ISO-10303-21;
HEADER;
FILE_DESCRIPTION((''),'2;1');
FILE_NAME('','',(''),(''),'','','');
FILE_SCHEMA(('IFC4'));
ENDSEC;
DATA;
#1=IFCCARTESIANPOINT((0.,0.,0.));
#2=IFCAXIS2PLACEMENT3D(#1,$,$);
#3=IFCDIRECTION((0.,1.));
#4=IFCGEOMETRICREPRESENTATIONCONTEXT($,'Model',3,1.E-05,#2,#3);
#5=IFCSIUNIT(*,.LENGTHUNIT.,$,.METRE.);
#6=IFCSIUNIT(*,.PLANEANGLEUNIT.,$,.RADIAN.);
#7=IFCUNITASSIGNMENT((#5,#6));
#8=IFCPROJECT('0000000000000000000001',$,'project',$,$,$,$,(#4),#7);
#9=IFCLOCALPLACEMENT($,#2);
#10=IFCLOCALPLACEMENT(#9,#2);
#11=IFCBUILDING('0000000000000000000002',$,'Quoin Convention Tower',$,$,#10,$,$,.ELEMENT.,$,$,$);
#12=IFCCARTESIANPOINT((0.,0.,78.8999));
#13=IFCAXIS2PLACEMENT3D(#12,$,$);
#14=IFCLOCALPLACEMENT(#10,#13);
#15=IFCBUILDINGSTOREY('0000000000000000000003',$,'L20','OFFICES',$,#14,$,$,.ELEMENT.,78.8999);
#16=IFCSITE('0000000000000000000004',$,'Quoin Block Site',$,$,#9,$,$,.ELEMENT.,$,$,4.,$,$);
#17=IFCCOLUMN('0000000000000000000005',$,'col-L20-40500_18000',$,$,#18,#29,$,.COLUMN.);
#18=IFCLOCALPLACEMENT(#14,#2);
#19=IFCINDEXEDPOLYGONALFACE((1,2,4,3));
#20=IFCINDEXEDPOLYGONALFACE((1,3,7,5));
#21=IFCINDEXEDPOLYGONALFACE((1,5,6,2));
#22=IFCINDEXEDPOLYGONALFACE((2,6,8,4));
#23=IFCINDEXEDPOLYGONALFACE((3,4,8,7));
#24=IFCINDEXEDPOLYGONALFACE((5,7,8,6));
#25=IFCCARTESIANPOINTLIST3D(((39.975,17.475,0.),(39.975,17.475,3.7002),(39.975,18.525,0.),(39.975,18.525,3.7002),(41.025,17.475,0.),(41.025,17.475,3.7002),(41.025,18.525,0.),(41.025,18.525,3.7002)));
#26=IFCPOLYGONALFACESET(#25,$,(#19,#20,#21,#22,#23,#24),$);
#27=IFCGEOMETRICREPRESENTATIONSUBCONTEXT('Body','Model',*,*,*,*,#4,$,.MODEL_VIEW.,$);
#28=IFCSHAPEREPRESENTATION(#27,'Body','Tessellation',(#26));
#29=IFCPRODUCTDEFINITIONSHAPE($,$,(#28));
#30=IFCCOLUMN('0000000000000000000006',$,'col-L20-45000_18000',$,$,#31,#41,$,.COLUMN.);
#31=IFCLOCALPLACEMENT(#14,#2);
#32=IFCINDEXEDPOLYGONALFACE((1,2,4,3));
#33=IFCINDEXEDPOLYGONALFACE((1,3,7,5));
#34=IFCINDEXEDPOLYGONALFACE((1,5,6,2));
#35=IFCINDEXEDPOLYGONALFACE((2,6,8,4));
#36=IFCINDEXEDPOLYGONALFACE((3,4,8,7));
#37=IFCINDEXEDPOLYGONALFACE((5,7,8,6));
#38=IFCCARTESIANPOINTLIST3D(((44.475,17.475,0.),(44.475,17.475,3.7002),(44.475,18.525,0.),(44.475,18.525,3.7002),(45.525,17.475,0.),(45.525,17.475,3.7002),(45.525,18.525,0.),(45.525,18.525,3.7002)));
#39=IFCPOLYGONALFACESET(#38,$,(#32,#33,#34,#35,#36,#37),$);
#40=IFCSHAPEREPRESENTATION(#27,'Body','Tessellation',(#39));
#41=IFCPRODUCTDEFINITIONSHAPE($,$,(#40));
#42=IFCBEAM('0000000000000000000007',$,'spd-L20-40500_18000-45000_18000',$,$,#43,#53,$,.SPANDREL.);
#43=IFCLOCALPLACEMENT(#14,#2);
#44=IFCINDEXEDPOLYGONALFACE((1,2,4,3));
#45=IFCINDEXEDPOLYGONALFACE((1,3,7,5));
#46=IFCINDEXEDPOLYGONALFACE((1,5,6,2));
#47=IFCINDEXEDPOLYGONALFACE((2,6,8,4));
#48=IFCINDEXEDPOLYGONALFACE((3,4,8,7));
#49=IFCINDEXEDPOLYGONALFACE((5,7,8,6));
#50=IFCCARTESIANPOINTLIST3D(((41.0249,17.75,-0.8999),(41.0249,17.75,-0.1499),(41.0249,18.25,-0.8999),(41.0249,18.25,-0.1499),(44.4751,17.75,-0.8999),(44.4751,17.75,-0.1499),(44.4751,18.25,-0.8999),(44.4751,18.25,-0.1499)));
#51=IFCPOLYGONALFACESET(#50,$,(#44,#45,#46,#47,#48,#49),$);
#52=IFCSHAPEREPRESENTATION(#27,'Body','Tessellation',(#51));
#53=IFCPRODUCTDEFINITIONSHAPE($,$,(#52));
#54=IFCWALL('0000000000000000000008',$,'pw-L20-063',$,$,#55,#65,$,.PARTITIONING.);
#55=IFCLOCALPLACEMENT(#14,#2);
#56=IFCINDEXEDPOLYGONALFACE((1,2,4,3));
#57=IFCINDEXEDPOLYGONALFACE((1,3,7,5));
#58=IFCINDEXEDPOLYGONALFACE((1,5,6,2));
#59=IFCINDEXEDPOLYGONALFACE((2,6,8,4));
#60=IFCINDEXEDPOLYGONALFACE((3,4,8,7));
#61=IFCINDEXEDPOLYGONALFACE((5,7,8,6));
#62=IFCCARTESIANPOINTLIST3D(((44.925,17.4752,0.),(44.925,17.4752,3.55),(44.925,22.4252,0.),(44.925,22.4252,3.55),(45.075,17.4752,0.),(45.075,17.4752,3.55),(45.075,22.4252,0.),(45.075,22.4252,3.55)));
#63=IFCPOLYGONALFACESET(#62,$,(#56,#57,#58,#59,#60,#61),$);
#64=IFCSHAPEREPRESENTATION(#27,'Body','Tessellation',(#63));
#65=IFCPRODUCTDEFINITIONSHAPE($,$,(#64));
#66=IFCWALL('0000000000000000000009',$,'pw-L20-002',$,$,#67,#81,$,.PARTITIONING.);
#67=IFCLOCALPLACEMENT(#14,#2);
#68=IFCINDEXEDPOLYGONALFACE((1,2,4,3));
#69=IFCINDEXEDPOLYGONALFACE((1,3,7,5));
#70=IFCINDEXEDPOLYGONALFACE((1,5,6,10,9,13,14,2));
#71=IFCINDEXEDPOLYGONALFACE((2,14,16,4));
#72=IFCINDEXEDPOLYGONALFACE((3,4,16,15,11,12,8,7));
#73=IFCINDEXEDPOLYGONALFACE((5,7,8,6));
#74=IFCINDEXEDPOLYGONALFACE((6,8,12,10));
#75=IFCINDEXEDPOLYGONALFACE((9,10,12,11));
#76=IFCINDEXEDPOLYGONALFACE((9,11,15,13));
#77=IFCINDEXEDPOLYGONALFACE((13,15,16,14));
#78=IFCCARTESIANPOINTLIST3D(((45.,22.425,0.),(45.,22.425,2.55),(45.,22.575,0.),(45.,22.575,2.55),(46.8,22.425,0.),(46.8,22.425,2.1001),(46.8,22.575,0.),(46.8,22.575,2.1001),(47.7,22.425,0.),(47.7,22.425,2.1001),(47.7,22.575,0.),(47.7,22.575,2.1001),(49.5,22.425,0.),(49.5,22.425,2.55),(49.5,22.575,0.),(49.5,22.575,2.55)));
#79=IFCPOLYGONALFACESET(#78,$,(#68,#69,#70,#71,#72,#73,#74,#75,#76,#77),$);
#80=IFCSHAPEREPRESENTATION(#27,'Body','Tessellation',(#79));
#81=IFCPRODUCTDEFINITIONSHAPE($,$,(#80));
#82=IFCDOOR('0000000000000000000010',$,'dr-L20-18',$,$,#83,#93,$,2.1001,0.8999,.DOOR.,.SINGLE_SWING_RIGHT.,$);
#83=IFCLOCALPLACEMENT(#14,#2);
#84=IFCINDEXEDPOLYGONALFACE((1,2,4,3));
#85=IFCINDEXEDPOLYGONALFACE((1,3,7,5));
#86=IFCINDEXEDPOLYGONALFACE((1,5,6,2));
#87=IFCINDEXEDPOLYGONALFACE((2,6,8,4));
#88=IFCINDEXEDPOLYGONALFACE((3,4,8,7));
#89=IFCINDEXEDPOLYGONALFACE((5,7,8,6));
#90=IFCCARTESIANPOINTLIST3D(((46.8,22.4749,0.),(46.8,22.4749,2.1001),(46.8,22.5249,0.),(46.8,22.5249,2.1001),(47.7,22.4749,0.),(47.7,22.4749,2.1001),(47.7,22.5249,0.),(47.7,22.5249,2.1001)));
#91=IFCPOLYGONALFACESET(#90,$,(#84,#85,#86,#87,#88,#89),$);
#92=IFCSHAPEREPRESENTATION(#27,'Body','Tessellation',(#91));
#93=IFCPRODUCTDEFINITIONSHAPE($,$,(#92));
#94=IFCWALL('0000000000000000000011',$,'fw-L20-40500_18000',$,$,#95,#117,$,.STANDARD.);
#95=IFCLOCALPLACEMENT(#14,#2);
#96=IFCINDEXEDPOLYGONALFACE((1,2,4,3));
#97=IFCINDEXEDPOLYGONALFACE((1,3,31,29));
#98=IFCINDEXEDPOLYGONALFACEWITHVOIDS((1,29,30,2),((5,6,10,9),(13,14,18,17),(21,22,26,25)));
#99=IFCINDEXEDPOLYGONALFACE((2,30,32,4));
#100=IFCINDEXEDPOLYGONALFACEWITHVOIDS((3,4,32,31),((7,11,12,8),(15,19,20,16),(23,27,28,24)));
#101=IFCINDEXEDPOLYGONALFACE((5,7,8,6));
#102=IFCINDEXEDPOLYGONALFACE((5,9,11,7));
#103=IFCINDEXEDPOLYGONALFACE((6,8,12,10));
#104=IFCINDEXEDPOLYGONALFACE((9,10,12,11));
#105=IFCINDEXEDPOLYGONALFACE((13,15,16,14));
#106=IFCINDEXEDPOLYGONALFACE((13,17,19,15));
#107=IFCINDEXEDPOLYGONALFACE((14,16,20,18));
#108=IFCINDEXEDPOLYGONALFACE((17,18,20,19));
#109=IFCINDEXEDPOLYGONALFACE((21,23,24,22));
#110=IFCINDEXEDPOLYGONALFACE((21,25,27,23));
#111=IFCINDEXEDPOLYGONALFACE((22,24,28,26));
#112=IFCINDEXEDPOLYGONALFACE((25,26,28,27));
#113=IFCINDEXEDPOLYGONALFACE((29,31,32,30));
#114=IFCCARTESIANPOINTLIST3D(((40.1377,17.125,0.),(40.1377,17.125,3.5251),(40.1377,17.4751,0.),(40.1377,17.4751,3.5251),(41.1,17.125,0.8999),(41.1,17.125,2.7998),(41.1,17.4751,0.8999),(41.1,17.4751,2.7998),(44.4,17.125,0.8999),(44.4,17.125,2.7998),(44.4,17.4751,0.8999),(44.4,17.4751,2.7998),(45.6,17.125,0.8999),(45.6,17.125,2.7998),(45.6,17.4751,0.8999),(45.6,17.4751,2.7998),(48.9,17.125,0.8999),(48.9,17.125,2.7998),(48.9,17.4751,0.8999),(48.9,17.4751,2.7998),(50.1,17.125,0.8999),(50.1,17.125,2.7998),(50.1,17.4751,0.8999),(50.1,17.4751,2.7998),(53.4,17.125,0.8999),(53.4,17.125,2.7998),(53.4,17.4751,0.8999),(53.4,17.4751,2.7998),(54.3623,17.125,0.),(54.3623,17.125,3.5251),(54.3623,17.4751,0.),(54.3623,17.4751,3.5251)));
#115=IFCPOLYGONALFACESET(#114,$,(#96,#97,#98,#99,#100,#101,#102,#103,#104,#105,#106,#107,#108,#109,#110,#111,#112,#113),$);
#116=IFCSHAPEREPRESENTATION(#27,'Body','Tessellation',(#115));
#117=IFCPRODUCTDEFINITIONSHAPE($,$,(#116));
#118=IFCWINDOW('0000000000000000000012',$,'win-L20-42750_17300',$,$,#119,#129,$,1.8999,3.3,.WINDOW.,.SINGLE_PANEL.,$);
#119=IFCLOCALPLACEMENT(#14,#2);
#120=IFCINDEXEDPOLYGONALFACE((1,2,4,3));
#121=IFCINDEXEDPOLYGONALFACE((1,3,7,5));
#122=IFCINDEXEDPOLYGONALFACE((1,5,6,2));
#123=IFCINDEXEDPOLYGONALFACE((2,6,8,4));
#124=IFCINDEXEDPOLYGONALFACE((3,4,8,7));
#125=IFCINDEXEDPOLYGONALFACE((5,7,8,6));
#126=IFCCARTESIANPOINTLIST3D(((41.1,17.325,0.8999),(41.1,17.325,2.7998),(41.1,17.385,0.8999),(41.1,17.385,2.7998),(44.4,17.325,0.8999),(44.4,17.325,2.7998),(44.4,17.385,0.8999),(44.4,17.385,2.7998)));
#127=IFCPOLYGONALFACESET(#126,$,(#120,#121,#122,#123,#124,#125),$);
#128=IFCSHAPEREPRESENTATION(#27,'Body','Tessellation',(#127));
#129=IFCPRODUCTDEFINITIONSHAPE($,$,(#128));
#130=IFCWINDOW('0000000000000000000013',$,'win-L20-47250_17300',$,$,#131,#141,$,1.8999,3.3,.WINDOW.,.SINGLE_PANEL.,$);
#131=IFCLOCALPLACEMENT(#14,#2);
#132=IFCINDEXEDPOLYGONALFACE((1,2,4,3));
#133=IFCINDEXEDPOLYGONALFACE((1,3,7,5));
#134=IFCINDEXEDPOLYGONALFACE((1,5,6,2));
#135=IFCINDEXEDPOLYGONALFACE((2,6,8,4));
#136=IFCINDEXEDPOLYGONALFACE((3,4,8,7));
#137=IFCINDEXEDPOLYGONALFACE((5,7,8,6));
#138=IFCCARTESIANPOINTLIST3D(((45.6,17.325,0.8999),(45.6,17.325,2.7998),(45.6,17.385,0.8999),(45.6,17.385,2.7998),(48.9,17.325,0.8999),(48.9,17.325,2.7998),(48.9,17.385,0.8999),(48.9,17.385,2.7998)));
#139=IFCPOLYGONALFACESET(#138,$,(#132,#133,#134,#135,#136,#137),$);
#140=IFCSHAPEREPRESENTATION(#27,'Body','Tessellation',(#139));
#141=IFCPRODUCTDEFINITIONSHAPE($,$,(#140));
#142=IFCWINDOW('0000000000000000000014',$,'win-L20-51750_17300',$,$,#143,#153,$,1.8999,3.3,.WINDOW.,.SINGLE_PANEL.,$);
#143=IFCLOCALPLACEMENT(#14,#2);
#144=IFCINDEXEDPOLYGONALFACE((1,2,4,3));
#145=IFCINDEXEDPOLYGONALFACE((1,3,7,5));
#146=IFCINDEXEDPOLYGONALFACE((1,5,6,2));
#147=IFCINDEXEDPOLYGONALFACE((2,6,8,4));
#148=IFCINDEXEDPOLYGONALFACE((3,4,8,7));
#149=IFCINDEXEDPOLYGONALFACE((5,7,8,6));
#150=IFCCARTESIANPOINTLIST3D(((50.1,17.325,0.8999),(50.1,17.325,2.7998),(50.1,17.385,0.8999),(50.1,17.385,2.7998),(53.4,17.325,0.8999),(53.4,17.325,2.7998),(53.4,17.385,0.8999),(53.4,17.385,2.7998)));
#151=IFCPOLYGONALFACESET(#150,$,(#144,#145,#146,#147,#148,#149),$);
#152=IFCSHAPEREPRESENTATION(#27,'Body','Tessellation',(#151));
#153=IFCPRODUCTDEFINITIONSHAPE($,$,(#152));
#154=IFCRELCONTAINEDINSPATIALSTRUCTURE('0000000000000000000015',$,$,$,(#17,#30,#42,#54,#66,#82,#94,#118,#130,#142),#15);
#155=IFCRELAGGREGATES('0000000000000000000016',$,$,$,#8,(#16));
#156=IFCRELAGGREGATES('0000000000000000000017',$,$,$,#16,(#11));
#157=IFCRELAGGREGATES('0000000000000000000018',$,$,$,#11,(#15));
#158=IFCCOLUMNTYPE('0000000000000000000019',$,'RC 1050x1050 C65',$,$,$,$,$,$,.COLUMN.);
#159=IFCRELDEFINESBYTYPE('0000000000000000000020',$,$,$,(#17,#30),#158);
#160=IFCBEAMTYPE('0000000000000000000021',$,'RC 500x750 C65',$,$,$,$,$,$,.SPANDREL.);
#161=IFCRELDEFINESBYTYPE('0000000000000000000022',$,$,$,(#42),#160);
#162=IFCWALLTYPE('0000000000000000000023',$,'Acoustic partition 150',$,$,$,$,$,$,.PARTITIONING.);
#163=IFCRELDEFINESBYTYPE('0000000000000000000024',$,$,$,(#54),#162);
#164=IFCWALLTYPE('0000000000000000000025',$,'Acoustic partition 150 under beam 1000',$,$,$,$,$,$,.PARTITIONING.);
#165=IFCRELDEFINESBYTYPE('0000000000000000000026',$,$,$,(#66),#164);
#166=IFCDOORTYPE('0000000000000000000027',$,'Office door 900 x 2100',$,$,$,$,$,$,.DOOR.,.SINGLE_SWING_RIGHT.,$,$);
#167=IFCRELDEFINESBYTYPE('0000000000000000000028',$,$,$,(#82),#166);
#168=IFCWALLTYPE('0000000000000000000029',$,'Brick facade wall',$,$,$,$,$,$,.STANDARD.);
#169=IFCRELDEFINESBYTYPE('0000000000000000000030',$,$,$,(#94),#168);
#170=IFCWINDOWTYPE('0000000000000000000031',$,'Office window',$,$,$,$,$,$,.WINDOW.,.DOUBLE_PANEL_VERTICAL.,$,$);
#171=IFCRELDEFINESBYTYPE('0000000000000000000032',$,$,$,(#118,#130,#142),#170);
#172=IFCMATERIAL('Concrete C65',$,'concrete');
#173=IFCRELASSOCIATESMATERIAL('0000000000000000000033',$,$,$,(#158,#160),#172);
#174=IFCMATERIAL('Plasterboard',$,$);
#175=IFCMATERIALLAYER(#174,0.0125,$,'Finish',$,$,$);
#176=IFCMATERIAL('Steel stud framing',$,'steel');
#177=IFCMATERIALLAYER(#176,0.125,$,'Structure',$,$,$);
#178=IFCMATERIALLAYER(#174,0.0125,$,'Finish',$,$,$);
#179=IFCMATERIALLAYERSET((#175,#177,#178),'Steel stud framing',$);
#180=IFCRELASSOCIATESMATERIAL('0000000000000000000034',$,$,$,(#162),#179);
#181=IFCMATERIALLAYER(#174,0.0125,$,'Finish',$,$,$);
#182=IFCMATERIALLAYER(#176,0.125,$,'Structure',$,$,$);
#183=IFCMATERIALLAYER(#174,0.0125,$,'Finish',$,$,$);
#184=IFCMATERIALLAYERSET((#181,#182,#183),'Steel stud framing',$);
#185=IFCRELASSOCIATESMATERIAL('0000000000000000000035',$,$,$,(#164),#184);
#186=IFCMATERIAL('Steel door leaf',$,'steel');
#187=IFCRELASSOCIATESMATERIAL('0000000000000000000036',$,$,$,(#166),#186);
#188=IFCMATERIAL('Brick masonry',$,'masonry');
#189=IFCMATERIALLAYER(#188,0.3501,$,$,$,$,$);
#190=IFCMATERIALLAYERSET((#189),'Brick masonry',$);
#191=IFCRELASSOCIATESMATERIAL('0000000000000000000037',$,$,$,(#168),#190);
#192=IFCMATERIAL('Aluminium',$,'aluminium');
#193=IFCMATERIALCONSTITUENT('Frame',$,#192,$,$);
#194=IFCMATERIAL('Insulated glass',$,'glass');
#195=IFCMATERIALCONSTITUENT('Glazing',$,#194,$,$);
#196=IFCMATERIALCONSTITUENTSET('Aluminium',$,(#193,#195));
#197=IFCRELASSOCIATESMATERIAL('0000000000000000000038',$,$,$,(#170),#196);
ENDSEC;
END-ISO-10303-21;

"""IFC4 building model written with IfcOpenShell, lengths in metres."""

from ifc_helpers import new_model, si_unit, direction, frame, frame_2d, origin, origin_2d, place, context, subcontext, project, spatial, rectangle, extrude, material, layer, layer_set, constituent, constituent_set, material_profile, profile_set, type_object, element, fill, save


model = new_model("IFC4")

# Units and contexts
model_context = context("Model", 3, precision=1e-05, world=origin(), true_north=direction((0.0, 1.0)))
body_context = subcontext(model_context, "Body", "Model", "MODEL_VIEW")
ifc_project = project(units=[si_unit("LENGTHUNIT", "METRE"), si_unit("PLANEANGLEUNIT", "RADIAN")], contexts=[model_context])

# Site, building, storey
site_placement = place(None, origin())
site = spatial("IfcSite", under=ifc_project, at=site_placement, Name="Quoin Block Site", CompositionType="ELEMENT", RefElevation=4.0)
building_placement = place(site_placement, origin())
building = spatial("IfcBuilding", under=site, at=building_placement, Name="Quoin Convention Tower", CompositionType="ELEMENT")
storey_placement = place(building_placement, frame((0.0, 0.0, 78.8999)))
storey = spatial("IfcBuildingStorey", under=building, at=storey_placement, Name="L20", Description="OFFICES", CompositionType="ELEMENT", Elevation=78.8999)

# Columns
ifc_material_1 = material(Name="Concrete C65", Category="concrete")
ifc_material_profile_1 = material_profile(ifc_material_1, rectangle(XDim=1.05, YDim=1.05, at=origin_2d()), Name="RC 1050x1050")
ifc_profile_set_1 = profile_set([ifc_material_profile_1], Name="Concrete C65")
column_type = type_object("IfcColumnType", Name="RC 1050x1050 C65", PredefinedType="COLUMN", material=ifc_profile_set_1)
for number, where, z_axis, x_axis, name in (
    (1, (40.5, 18.0, 0.0), (0.0, 0.0, 1.0), (1.0, 0.0, 0.0), "col-L20-40500_18000"),
    (2, (45.0, 18.0, 0.0), (0.0, 0.0, 1.0), (1.0, 0.0, 0.0), "col-L20-45000_18000"),
):
    element("IfcColumn", number, at=place(storey_placement, frame(where, z_axis=z_axis, x_axis=x_axis)), inside=storey, type_object=column_type, Name=name, PredefinedType="COLUMN", context=body_context, shape_type="SweptSolid", body=[
        extrude(rectangle(XDim=1.05, YDim=1.05, at=origin_2d()), origin(), (0.0, 0.0, 1.0), 3.7002),
    ])

# Beam
ifc_material_profile_2 = material_profile(ifc_material_1, rectangle(XDim=0.5, YDim=0.75, at=origin_2d()), Name="RC 500x750")
ifc_profile_set_2 = profile_set([ifc_material_profile_2], Name="Concrete C65")
beam_type = type_object("IfcBeamType", Name="RC 500x750 C65", PredefinedType="SPANDREL", material=ifc_profile_set_2)
beam_placement = place(storey_placement, frame((41.0249, 18.0, -0.5249), z_axis=(1.0, 0.0, 0.0), x_axis=(0.0, 1.0, 0.0)))
element("IfcBeam", 3, at=beam_placement, inside=storey, type_object=beam_type, Name="spd-L20-40500_18000-45000_18000", PredefinedType="SPANDREL", context=body_context, shape_type="SweptSolid", body=[
    extrude(rectangle(XDim=0.5, YDim=0.75, at=origin_2d()), origin(), (0.0, 0.0, 1.0), 3.4502),
])

# Wall
ifc_material_2 = material(Name="Plasterboard")
ifc_layer_1 = layer(ifc_material_2, 0.0125, Name="Finish")
ifc_material_3 = material(Name="Steel stud framing", Category="steel")
ifc_layer_2 = layer(ifc_material_3, 0.125, Name="Structure")
ifc_layer_3 = layer(ifc_material_2, 0.0125, Name="Finish")
ifc_layer_set_1 = layer_set([ifc_layer_1, ifc_layer_2, ifc_layer_3], Name="Steel stud framing")
wall_type_1 = type_object("IfcWallType", Name="Acoustic partition 150", PredefinedType="PARTITIONING", material=ifc_layer_set_1)
wall_1_placement = place(storey_placement, frame((45.0, 17.4751, 0.0), z_axis=(0.0, 0.0, 1.0), x_axis=(0.0, 1.0, 0.0)))
element("IfcWall", 4, at=wall_1_placement, inside=storey, type_object=wall_type_1, Name="pw-L20-063", PredefinedType="PARTITIONING", context=body_context, shape_type="SweptSolid", body=[
    extrude(rectangle(XDim=4.95, YDim=0.1499, at=frame_2d((2.4751, 0.0))), origin(), (0.0, 0.0, 1.0), 3.55),
])

# Wall, opening, door
ifc_layer_4 = layer(ifc_material_2, 0.0125, Name="Finish")
ifc_layer_5 = layer(ifc_material_3, 0.125, Name="Structure")
ifc_layer_6 = layer(ifc_material_2, 0.0125, Name="Finish")
ifc_layer_set_2 = layer_set([ifc_layer_4, ifc_layer_5, ifc_layer_6], Name="Steel stud framing")
wall_type_2 = type_object("IfcWallType", Name="Acoustic partition 150 under beam 1000", PredefinedType="PARTITIONING", material=ifc_layer_set_2)
wall_2_placement = place(storey_placement, frame((45.0, 22.5, 0.0), z_axis=(0.0, 0.0, 1.0), x_axis=(1.0, 0.0, 0.0)))
wall_2 = element("IfcWall", 5, at=wall_2_placement, inside=storey, type_object=wall_type_2, Name="pw-L20-002", PredefinedType="PARTITIONING", context=body_context, shape_type="SweptSolid", body=[
    extrude(rectangle(XDim=4.5, YDim=0.1499, at=frame_2d((2.25, 0.0))), origin(), (0.0, 0.0, 1.0), 2.55),
])
opening_1_placement = place(wall_2_placement, frame((1.8, 0.0, 0.0)))
opening_1 = element("IfcOpeningElement", 6, at=opening_1_placement, cuts=wall_2, PredefinedType="OPENING", context=body_context, shape_type="SweptSolid", body=[
    extrude(rectangle(XDim=0.8999, YDim=2.1001, at=frame_2d((0.45, 1.05))), frame((0.0, 0.085, 0.0), z_axis=(0.0, -1.0, 0.0), x_axis=(1.0, 0.0, 0.0)), (0.0, 0.0, 1.0), 0.1699),
])
ifc_material_4 = material(Name="Steel door leaf", Category="steel")
door_type_1 = type_object("IfcDoorType", Name="Office door 900 x 2100", OperationType="SINGLE_SWING_RIGHT", PredefinedType="DOOR", material=ifc_material_4)
door_1_placement = place(opening_1_placement, origin())
door_1 = element("IfcDoor", 7, at=door_1_placement, inside=storey, type_object=door_type_1, Name="dr-L20-18", OperationType="SINGLE_SWING_RIGHT", OverallHeight=2.1001, OverallWidth=0.8999, PredefinedType="DOOR", context=body_context, shape_type="SweptSolid", body=[
    extrude(rectangle(XDim=0.8999, YDim=2.1001, at=frame_2d((0.45, 1.05))), frame((0.0, 0.0249, 0.0), z_axis=(0.0, -1.0, 0.0), x_axis=(1.0, 0.0, 0.0)), (0.0, 0.0, 1.0), 0.05),
])
fill(opening_1, door_1)

# Wall, openings, windows
ifc_material_5 = material(Name="Brick masonry", Category="masonry")
ifc_layer_7 = layer(ifc_material_5, 0.3501)
ifc_layer_set_3 = layer_set([ifc_layer_7], Name="Brick masonry")
wall_type_3 = type_object("IfcWallType", Name="Brick facade wall", PredefinedType="STANDARD", material=ifc_layer_set_3)
wall_3_placement = place(storey_placement, frame((40.1377, 17.3, 0.0), z_axis=(0.0, 0.0, 1.0), x_axis=(1.0, 0.0, 0.0)))
wall_3 = element("IfcWall", 8, at=wall_3_placement, inside=storey, type_object=wall_type_3, Name="fw-L20-40500_18000", PredefinedType="STANDARD", context=body_context, shape_type="SweptSolid", body=[
    extrude(rectangle(XDim=14.2246, YDim=0.3501, at=frame_2d((7.1123, 0.0))), origin(), (0.0, 0.0, 1.0), 3.5251),
])
opening_2_placement = place(wall_3_placement, frame((0.9624, 0.0, 0.8999)))
opening_2 = element("IfcOpeningElement", 9, at=opening_2_placement, cuts=wall_3, PredefinedType="OPENING", context=body_context, shape_type="SweptSolid", body=[
    extrude(rectangle(XDim=3.3, YDim=1.8999, at=frame_2d((1.6499, 0.95))), frame((0.0, 0.1851, 0.0), z_axis=(0.0, -1.0, 0.0), x_axis=(1.0, 0.0, 0.0)), (0.0, 0.0, 1.0), 0.3701),
])
opening_3_placement = place(wall_3_placement, frame((5.4624, 0.0, 0.8999)))
opening_3 = element("IfcOpeningElement", 10, at=opening_3_placement, cuts=wall_3, PredefinedType="OPENING", context=body_context, shape_type="SweptSolid", body=[
    extrude(rectangle(XDim=3.3, YDim=1.8999, at=frame_2d((1.6499, 0.95))), frame((0.0, 0.1851, 0.0), z_axis=(0.0, -1.0, 0.0), x_axis=(1.0, 0.0, 0.0)), (0.0, 0.0, 1.0), 0.3701),
])
opening_4_placement = place(wall_3_placement, frame((9.9624, 0.0, 0.8999)))
opening_4 = element("IfcOpeningElement", 11, at=opening_4_placement, cuts=wall_3, PredefinedType="OPENING", context=body_context, shape_type="SweptSolid", body=[
    extrude(rectangle(XDim=3.3, YDim=1.8999, at=frame_2d((1.6499, 0.95))), frame((0.0, 0.1851, 0.0), z_axis=(0.0, -1.0, 0.0), x_axis=(1.0, 0.0, 0.0)), (0.0, 0.0, 1.0), 0.3701),
])
ifc_material_6 = material(Name="Aluminium", Category="aluminium")
ifc_constituent_1 = constituent(ifc_material_6, Name="Frame")
ifc_material_7 = material(Name="Insulated glass", Category="glass")
ifc_constituent_2 = constituent(ifc_material_7, Name="Glazing")
ifc_constituent_set = constituent_set(constituents=[ifc_constituent_1, ifc_constituent_2], Name="Aluminium")
window_type = type_object("IfcWindowType", Name="Office window", PartitioningType="DOUBLE_PANEL_VERTICAL", PredefinedType="WINDOW", material=ifc_constituent_set)
window_1_placement = place(opening_2_placement, origin())
window_1 = element("IfcWindow", 12, at=window_1_placement, inside=storey, type_object=window_type, Name="win-L20-42750_17300", OverallHeight=1.8999, OverallWidth=3.3, PartitioningType="SINGLE_PANEL", PredefinedType="WINDOW", context=body_context, shape_type="SweptSolid", body=[
    extrude(rectangle(XDim=3.3, YDim=1.8999, at=frame_2d((1.6499, 0.95))), frame((0.0, 0.085, 0.0), z_axis=(0.0, -1.0, 0.0), x_axis=(1.0, 0.0, 0.0)), (0.0, 0.0, 1.0), 0.0601),
])
fill(opening_2, window_1)
window_2_placement = place(opening_3_placement, origin())
window_2 = element("IfcWindow", 13, at=window_2_placement, inside=storey, type_object=window_type, Name="win-L20-47250_17300", OverallHeight=1.8999, OverallWidth=3.3, PartitioningType="SINGLE_PANEL", PredefinedType="WINDOW", context=body_context, shape_type="SweptSolid", body=[
    extrude(rectangle(XDim=3.3, YDim=1.8999, at=frame_2d((1.6499, 0.95))), frame((0.0, 0.085, 0.0), z_axis=(0.0, -1.0, 0.0), x_axis=(1.0, 0.0, 0.0)), (0.0, 0.0, 1.0), 0.0601),
])
fill(opening_3, window_2)
window_3_placement = place(opening_4_placement, origin())
window_3 = element("IfcWindow", 14, at=window_3_placement, inside=storey, type_object=window_type, Name="win-L20-51750_17300", OverallHeight=1.8999, OverallWidth=3.3, PartitioningType="SINGLE_PANEL", PredefinedType="WINDOW", context=body_context, shape_type="SweptSolid", body=[
    extrude(rectangle(XDim=3.3, YDim=1.8999, at=frame_2d((1.6499, 0.95))), frame((0.0, 0.085, 0.0), z_axis=(0.0, -1.0, 0.0), x_axis=(1.0, 0.0, 0.0)), (0.0, 0.0, 1.0), 0.0601),
])
fill(opening_4, window_3)

save(model, "model.ifc")
